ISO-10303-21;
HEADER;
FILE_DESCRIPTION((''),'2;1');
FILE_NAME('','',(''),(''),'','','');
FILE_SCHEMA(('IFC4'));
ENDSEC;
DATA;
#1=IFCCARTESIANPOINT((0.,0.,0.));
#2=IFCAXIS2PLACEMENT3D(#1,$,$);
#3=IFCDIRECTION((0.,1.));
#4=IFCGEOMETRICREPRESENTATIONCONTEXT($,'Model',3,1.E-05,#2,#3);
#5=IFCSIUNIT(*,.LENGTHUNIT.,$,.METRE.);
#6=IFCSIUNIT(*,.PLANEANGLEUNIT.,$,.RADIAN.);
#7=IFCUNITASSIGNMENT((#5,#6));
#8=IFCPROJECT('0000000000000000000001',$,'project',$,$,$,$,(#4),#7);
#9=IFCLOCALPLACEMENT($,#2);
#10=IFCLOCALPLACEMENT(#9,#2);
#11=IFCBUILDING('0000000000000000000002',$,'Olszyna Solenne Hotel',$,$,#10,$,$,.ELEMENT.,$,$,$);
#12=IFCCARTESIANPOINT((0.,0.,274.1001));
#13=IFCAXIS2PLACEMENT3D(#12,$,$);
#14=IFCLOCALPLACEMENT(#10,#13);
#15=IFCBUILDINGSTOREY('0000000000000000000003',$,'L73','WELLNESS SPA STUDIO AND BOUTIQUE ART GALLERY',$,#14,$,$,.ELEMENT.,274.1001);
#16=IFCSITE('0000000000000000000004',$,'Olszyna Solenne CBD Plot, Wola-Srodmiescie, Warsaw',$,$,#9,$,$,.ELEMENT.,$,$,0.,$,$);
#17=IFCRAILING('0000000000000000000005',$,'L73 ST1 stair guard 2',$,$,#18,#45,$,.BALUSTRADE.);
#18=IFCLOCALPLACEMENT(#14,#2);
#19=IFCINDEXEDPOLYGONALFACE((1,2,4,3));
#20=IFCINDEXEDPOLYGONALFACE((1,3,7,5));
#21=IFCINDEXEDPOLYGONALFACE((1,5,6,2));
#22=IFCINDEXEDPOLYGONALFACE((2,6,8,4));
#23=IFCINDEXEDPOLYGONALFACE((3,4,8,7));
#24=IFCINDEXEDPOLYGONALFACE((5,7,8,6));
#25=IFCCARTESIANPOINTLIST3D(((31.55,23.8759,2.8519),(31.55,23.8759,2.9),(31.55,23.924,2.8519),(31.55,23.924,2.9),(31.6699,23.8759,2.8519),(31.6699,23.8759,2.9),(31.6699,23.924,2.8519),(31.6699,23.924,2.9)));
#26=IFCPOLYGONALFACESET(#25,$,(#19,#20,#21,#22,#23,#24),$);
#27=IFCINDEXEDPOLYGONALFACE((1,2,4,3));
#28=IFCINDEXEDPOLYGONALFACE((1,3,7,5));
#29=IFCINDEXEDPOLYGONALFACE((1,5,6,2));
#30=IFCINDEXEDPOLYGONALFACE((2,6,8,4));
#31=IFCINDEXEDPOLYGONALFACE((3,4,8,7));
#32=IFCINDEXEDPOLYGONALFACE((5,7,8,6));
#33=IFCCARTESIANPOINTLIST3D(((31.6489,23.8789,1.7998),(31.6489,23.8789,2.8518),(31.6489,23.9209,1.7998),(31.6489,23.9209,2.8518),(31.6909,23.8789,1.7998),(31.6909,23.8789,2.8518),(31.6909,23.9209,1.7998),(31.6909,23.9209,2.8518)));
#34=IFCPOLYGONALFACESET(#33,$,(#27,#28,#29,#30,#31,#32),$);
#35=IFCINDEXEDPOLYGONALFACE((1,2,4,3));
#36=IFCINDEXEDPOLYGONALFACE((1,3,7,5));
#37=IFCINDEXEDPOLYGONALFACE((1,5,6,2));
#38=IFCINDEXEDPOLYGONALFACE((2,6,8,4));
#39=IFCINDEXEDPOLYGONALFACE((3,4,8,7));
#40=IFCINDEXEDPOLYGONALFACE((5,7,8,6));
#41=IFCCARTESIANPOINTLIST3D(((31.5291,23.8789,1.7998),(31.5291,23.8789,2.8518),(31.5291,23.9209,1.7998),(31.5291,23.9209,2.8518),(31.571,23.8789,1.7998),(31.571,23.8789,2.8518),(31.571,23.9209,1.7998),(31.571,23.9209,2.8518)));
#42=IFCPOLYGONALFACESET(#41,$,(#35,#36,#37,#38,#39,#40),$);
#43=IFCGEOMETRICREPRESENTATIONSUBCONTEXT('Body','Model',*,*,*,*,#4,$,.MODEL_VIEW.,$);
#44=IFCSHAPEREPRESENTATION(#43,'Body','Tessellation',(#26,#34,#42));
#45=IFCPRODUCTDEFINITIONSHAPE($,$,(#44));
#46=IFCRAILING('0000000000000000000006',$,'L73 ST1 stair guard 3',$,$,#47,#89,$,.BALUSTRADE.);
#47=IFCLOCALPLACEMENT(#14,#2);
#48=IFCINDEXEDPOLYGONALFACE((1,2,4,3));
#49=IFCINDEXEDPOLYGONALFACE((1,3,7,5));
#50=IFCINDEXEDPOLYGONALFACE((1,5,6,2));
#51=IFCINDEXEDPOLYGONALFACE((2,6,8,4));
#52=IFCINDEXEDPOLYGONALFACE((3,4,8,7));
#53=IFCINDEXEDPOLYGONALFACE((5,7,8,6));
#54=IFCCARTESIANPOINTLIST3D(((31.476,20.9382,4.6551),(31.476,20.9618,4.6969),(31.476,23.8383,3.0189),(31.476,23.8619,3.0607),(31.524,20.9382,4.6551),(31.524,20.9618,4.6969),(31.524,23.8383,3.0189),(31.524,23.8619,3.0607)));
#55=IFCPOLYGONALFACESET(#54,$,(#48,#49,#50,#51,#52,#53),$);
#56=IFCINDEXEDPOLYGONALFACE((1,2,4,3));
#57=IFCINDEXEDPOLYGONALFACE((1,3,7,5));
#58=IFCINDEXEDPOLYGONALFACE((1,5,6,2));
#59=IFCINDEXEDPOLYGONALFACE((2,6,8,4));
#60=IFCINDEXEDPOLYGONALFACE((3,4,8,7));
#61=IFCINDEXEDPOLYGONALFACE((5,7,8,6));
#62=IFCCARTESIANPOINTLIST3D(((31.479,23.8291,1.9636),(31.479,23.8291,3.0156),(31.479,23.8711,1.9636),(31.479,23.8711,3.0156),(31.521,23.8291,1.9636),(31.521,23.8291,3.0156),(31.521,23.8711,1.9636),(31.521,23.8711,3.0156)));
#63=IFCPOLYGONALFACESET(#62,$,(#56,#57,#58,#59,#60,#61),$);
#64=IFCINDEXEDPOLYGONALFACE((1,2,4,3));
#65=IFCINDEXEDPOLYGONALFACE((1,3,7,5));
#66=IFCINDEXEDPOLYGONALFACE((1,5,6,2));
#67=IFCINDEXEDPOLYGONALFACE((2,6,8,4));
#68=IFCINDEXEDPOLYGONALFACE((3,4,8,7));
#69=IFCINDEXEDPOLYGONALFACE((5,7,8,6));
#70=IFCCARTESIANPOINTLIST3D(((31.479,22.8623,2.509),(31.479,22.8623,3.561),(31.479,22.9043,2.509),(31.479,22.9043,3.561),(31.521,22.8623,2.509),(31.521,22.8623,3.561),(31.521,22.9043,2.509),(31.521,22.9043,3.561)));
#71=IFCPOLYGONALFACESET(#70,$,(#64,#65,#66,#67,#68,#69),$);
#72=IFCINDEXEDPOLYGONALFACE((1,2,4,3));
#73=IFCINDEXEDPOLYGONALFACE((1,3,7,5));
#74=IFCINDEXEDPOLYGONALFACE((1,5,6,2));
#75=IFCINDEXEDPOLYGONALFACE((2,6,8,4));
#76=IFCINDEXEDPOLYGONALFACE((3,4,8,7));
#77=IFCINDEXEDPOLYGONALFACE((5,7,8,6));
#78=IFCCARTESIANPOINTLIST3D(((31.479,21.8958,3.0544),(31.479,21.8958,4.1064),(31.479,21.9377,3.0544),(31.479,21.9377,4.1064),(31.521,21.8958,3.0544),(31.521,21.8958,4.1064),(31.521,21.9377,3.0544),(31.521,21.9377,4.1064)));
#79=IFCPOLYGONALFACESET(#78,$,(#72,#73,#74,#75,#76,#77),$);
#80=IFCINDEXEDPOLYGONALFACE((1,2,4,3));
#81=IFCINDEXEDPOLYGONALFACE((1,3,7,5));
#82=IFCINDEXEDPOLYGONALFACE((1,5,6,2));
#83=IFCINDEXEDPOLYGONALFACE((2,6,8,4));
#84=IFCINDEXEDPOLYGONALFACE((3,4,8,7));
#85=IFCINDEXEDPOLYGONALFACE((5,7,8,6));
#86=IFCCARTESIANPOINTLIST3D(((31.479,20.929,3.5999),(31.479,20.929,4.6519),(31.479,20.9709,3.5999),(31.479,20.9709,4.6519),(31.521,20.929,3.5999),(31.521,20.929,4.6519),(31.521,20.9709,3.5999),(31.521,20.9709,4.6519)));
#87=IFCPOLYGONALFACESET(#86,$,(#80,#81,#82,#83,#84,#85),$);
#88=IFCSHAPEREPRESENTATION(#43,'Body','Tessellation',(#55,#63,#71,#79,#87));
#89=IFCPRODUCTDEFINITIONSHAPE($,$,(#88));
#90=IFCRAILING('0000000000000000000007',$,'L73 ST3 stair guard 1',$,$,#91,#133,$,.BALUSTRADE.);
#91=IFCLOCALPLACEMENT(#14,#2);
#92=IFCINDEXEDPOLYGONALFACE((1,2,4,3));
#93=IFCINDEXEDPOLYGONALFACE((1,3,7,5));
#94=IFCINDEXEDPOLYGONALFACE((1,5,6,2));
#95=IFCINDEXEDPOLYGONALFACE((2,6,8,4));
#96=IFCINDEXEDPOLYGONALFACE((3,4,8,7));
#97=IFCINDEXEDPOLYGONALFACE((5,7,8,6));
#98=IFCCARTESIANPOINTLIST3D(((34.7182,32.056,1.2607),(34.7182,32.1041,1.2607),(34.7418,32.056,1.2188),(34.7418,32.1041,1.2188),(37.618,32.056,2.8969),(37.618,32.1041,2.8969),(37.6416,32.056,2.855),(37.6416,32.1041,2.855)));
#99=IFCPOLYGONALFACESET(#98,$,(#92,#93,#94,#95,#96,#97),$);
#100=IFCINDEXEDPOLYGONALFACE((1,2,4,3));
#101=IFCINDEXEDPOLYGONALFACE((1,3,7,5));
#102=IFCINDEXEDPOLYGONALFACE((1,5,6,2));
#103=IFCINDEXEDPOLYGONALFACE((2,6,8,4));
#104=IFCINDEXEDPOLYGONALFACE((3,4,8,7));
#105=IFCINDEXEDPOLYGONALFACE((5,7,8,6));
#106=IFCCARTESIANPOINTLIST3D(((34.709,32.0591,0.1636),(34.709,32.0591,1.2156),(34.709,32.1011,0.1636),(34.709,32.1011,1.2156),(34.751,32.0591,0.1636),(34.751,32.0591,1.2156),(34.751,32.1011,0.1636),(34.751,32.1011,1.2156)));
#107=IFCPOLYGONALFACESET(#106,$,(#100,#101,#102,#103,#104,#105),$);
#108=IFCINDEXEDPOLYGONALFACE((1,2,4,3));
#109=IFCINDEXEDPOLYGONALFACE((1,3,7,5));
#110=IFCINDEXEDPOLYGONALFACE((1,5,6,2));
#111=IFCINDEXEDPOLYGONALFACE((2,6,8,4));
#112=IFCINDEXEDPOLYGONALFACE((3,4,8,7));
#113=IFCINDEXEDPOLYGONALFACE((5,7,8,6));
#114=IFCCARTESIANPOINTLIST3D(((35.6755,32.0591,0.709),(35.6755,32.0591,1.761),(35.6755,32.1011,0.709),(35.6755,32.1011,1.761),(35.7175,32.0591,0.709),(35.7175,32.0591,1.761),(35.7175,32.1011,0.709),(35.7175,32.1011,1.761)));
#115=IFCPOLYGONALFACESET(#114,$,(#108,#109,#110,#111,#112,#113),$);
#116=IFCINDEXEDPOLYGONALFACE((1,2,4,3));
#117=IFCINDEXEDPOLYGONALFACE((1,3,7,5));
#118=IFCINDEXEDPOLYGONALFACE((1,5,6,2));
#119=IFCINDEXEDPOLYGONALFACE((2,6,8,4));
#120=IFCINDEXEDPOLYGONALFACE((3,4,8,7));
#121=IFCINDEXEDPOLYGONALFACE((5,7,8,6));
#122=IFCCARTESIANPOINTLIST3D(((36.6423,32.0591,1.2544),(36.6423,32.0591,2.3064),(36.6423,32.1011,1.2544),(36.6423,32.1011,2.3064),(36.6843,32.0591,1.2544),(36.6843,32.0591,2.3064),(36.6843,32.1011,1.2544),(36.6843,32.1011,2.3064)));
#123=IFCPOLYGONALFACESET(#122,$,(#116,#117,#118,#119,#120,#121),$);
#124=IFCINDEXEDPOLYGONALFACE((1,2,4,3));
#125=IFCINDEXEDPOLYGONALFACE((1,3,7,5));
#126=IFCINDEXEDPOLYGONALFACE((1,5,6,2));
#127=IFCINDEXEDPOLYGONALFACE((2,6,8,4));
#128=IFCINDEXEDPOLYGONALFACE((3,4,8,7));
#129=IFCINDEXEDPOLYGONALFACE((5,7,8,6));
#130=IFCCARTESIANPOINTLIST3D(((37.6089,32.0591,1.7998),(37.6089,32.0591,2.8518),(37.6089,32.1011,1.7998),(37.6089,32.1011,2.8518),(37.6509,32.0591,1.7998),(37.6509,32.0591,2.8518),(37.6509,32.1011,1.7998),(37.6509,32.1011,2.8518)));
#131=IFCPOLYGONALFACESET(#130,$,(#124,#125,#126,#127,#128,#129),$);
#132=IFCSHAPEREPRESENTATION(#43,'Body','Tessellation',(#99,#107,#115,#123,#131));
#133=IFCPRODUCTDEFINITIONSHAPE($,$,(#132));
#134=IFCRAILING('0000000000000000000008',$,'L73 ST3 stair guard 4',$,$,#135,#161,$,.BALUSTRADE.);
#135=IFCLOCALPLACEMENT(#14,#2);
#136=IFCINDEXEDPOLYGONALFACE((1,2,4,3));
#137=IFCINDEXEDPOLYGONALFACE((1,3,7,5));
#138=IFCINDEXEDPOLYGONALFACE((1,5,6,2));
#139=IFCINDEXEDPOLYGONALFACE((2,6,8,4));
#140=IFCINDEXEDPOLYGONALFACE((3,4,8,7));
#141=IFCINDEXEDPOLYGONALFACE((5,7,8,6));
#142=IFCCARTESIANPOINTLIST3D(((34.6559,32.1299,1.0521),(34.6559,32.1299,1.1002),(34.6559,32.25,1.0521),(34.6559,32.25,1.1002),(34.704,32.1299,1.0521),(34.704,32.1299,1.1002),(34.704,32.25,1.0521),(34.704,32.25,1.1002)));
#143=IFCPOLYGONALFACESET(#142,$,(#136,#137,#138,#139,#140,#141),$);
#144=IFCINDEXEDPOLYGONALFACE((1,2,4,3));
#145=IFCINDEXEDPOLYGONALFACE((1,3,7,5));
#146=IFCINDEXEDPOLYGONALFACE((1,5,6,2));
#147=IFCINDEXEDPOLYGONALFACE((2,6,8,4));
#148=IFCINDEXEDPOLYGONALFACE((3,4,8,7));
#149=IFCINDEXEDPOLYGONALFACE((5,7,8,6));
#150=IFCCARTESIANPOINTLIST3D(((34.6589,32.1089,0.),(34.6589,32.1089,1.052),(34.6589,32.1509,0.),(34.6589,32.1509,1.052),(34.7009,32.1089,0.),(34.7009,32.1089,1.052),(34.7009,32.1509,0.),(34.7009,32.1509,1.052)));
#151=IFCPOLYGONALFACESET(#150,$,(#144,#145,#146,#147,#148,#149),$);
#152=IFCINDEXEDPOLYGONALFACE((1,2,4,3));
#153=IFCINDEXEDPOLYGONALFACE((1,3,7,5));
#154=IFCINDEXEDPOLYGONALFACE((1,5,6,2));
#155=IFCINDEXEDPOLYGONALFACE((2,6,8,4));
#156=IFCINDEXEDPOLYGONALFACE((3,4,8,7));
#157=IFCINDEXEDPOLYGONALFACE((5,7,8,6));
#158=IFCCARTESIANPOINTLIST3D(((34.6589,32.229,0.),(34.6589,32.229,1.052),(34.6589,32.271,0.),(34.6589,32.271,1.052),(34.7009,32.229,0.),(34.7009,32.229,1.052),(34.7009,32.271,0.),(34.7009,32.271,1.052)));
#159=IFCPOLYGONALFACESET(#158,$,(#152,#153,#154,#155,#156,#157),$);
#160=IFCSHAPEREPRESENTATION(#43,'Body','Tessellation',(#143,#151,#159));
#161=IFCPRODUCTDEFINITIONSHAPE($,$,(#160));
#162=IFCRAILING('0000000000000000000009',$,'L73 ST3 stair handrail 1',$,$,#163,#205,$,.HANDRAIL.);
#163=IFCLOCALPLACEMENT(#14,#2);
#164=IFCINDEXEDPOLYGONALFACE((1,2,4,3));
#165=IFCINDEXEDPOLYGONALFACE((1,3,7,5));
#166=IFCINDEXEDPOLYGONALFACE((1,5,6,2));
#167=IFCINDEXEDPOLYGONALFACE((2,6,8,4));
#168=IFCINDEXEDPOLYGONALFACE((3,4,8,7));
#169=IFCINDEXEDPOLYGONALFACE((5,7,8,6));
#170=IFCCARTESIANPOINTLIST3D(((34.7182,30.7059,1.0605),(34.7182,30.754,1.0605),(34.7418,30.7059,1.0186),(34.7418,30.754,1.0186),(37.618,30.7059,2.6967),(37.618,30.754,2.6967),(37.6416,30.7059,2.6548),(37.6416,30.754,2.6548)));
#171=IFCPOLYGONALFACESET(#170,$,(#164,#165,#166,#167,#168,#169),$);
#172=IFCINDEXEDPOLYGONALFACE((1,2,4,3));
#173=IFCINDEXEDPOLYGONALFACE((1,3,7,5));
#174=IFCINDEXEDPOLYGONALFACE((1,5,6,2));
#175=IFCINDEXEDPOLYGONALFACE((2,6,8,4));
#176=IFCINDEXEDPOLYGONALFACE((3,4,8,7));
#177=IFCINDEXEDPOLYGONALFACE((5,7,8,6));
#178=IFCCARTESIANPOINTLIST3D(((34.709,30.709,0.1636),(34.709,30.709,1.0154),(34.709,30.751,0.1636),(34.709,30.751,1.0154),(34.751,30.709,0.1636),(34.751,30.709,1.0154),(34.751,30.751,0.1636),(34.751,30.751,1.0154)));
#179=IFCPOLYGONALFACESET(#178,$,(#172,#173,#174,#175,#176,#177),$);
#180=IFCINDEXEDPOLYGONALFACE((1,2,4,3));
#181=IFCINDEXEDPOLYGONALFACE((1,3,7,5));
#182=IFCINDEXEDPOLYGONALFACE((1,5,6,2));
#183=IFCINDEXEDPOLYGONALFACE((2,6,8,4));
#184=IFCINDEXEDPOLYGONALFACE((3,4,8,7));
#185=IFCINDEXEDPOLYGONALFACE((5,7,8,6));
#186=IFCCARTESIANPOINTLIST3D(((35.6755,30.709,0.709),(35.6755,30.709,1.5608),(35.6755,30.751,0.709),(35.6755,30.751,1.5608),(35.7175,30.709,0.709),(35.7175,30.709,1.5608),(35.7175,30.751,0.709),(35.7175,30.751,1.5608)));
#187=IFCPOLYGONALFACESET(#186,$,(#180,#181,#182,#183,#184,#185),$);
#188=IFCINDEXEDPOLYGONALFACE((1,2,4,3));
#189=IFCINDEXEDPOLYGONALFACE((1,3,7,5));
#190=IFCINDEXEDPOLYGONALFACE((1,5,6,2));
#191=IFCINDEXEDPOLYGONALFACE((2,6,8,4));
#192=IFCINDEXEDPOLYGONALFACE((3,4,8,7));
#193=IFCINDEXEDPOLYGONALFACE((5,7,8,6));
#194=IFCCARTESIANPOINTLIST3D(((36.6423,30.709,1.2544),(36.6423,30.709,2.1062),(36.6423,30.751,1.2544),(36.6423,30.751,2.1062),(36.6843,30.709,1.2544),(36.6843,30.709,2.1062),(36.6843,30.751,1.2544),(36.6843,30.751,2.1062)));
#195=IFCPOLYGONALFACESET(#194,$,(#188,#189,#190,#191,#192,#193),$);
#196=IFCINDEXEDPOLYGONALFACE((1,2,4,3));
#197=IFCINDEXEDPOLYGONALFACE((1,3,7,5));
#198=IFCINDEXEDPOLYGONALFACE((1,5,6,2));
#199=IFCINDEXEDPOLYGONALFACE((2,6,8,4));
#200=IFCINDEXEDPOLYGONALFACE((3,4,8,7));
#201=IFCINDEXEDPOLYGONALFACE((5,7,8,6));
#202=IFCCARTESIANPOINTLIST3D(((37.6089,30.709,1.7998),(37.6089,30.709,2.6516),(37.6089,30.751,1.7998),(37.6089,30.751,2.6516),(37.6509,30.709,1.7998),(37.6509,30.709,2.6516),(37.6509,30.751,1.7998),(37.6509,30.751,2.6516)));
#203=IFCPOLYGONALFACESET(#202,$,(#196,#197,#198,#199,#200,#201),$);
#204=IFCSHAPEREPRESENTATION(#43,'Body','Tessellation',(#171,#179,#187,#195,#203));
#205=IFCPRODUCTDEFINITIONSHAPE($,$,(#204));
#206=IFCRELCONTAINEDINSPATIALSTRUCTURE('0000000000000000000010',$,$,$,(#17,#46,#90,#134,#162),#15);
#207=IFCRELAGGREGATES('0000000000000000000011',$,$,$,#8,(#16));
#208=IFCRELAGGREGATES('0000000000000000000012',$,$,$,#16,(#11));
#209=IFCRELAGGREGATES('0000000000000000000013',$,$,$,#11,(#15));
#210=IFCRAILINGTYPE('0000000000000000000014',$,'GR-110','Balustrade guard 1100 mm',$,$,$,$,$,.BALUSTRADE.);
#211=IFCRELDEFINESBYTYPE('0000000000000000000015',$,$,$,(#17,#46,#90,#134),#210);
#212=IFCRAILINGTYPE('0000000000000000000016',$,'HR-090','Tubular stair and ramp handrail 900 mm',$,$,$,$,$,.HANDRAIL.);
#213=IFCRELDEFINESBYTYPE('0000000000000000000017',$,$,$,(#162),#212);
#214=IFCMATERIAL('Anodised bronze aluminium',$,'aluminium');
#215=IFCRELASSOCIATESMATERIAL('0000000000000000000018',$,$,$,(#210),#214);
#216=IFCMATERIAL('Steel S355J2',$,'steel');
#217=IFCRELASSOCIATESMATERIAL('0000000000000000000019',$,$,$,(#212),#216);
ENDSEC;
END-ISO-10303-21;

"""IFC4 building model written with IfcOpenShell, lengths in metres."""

from ifc_helpers import new_model, si_unit, direction, frame, origin, origin_2d, place, context, subcontext, project, spatial, rectangle, extrude, material, type_object, element, save


model = new_model("IFC4")

# Units and contexts
model_context = context("Model", 3, precision=1e-05, world=origin(), true_north=direction((0.0, 1.0)))
body_context = subcontext(model_context, "Body", "Model", "MODEL_VIEW")
ifc_project = project(units=[si_unit("LENGTHUNIT", "METRE"), si_unit("PLANEANGLEUNIT", "RADIAN")], contexts=[model_context])

# Site, building, storey
site_placement = place(None, origin())
site = spatial("IfcSite", under=ifc_project, at=site_placement, Name="Olszyna Solenne CBD Plot, Wola-Srodmiescie, Warsaw", CompositionType="ELEMENT", RefElevation=0.0)
building_placement = place(site_placement, origin())
building = spatial("IfcBuilding", under=site, at=building_placement, Name="Olszyna Solenne Hotel", CompositionType="ELEMENT")
storey_placement = place(building_placement, frame((0.0, 0.0, 274.1001)))
storey = spatial("IfcBuildingStorey", under=building, at=storey_placement, Name="L73", Description="WELLNESS SPA STUDIO AND BOUTIQUE ART GALLERY", CompositionType="ELEMENT", Elevation=274.1001)

# Shared definitions
ifc_material_1 = material(Name="Steel S355J2", Category="steel")

# Shared definitions
ifc_material_2 = material(Name="Anodised bronze aluminium", Category="aluminium")

# Railings
railing_type_1 = type_object("IfcRailingType", Name="GR-110", Description="Balustrade guard 1100 mm", PredefinedType="BALUSTRADE", material=ifc_material_2)
railing_1_placement = place(storey_placement, frame((31.6699, 23.8999, 1.7998)))
element("IfcRailing", 1, at=railing_1_placement, inside=storey, type_object=railing_type_1, Name="L73 ST1 stair guard 2", PredefinedType="BALUSTRADE", context=body_context, shape_type="SweptSolid", body=[
    extrude(rectangle(XDim=0.0481, YDim=0.0481, at=origin_2d()), frame((0.0, 0.0, 1.0762), z_axis=(-1.0, 0.0, 0.0), x_axis=(0.0, -1.0, 0.0)), (0.0, 0.0, 1.0), 0.1199),
    extrude(rectangle(XDim=0.042, YDim=0.042, at=origin_2d()), origin(), (0.0, 0.0, 1.0), 1.052),
    extrude(rectangle(XDim=0.042, YDim=0.042, at=origin_2d()), frame((-0.1199, 0.0, 0.0)), (0.0, 0.0, 1.0), 1.052),
])
railing_2_placement = place(storey_placement, frame((31.5, 23.8501, 1.9636)))
element("IfcRailing", 2, at=railing_2_placement, inside=storey, type_object=railing_type_1, Name="L73 ST1 stair guard 3", PredefinedType="BALUSTRADE", context=body_context, shape_type="SweptSolid", body=[
    extrude(rectangle(XDim=0.0481, YDim=0.0481, at=origin_2d()), frame((0.0, 0.0, 1.0762), z_axis=(0.0, -0.870946, 0.491378), x_axis=(1.0, 0.0, 0.0)), (0.0, 0.0, 1.0), 3.3298),
    extrude(rectangle(XDim=0.042, YDim=0.042, at=origin_2d()), origin(), (0.0, 0.0, 1.0), 1.052),
    extrude(rectangle(XDim=0.042, YDim=0.042, at=origin_2d()), frame((0.0, -0.9668, 0.5454)), (0.0, 0.0, 1.0), 1.052),
    extrude(rectangle(XDim=0.042, YDim=0.042, at=origin_2d()), frame((0.0, -1.9333, 1.0908)), (0.0, 0.0, 1.0), 1.052),
    extrude(rectangle(XDim=0.042, YDim=0.042, at=origin_2d()), frame((0.0, -2.9001, 1.6362)), (0.0, 0.0, 1.0), 1.052),
])
railing_3_placement = place(storey_placement, frame((34.73, 32.0801, 0.1636)))
element("IfcRailing", 3, at=railing_3_placement, inside=storey, type_object=railing_type_1, Name="L73 ST3 stair guard 1", PredefinedType="BALUSTRADE", context=body_context, shape_type="SweptSolid", body=[
    extrude(rectangle(XDim=0.0481, YDim=0.0481, at=origin_2d()), frame((0.0, 0.0, 1.0762), z_axis=(0.870929, 0.0, 0.49141), x_axis=(0.0, 1.0, 0.0)), (0.0, 0.0, 1.0), 3.3296),
    extrude(rectangle(XDim=0.042, YDim=0.042, at=origin_2d()), origin(), (0.0, 0.0, 1.0), 1.052),
    extrude(rectangle(XDim=0.042, YDim=0.042, at=origin_2d()), frame((0.9666, 0.0, 0.5454)), (0.0, 0.0, 1.0), 1.052),
    extrude(rectangle(XDim=0.042, YDim=0.042, at=origin_2d()), frame((1.9333, 0.0, 1.0908)), (0.0, 0.0, 1.0), 1.052),
    extrude(rectangle(XDim=0.042, YDim=0.042, at=origin_2d()), frame((2.8999, 0.0, 1.6362)), (0.0, 0.0, 1.0), 1.052),
])
railing_4_placement = place(storey_placement, frame((34.6799, 32.1299, 0.0)))
element("IfcRailing", 4, at=railing_4_placement, inside=storey, type_object=railing_type_1, Name="L73 ST3 stair guard 4", PredefinedType="BALUSTRADE", context=body_context, shape_type="SweptSolid", body=[
    extrude(rectangle(XDim=0.0481, YDim=0.0481, at=origin_2d()), frame((0.0, 0.0, 1.0762), z_axis=(0.0, 1.0, 0.0), x_axis=(-1.0, 0.0, 0.0)), (0.0, 0.0, 1.0), 0.1201),
    extrude(rectangle(XDim=0.042, YDim=0.042, at=origin_2d()), origin(), (0.0, 0.0, 1.0), 1.052),
    extrude(rectangle(XDim=0.042, YDim=0.042, at=origin_2d()), frame((0.0, 0.1201, 0.0)), (0.0, 0.0, 1.0), 1.052),
])
railing_type_2 = type_object("IfcRailingType", Name="HR-090", Description="Tubular stair and ramp handrail 900 mm", PredefinedType="HANDRAIL", material=ifc_material_1)
railing_5_placement = place(storey_placement, frame((34.73, 30.73, 0.1636)))
element("IfcRailing", 5, at=railing_5_placement, inside=storey, type_object=railing_type_2, Name="L73 ST3 stair handrail 1", PredefinedType="HANDRAIL", context=body_context, shape_type="SweptSolid", body=[
    extrude(rectangle(XDim=0.0481, YDim=0.0481, at=origin_2d()), frame((0.0, 0.0, 0.876), z_axis=(0.870929, 0.0, 0.49141), x_axis=(0.0, 1.0, 0.0)), (0.0, 0.0, 1.0), 3.3296),
    extrude(rectangle(XDim=0.042, YDim=0.042, at=origin_2d()), origin(), (0.0, 0.0, 1.0), 0.8518),
    extrude(rectangle(XDim=0.042, YDim=0.042, at=origin_2d()), frame((0.9666, 0.0, 0.5454)), (0.0, 0.0, 1.0), 0.8518),
    extrude(rectangle(XDim=0.042, YDim=0.042, at=origin_2d()), frame((1.9333, 0.0, 1.0908)), (0.0, 0.0, 1.0), 0.8518),
    extrude(rectangle(XDim=0.042, YDim=0.042, at=origin_2d()), frame((2.8999, 0.0, 1.6362)), (0.0, 0.0, 1.0), 0.8518),
])

save(model, "model.ifc")
